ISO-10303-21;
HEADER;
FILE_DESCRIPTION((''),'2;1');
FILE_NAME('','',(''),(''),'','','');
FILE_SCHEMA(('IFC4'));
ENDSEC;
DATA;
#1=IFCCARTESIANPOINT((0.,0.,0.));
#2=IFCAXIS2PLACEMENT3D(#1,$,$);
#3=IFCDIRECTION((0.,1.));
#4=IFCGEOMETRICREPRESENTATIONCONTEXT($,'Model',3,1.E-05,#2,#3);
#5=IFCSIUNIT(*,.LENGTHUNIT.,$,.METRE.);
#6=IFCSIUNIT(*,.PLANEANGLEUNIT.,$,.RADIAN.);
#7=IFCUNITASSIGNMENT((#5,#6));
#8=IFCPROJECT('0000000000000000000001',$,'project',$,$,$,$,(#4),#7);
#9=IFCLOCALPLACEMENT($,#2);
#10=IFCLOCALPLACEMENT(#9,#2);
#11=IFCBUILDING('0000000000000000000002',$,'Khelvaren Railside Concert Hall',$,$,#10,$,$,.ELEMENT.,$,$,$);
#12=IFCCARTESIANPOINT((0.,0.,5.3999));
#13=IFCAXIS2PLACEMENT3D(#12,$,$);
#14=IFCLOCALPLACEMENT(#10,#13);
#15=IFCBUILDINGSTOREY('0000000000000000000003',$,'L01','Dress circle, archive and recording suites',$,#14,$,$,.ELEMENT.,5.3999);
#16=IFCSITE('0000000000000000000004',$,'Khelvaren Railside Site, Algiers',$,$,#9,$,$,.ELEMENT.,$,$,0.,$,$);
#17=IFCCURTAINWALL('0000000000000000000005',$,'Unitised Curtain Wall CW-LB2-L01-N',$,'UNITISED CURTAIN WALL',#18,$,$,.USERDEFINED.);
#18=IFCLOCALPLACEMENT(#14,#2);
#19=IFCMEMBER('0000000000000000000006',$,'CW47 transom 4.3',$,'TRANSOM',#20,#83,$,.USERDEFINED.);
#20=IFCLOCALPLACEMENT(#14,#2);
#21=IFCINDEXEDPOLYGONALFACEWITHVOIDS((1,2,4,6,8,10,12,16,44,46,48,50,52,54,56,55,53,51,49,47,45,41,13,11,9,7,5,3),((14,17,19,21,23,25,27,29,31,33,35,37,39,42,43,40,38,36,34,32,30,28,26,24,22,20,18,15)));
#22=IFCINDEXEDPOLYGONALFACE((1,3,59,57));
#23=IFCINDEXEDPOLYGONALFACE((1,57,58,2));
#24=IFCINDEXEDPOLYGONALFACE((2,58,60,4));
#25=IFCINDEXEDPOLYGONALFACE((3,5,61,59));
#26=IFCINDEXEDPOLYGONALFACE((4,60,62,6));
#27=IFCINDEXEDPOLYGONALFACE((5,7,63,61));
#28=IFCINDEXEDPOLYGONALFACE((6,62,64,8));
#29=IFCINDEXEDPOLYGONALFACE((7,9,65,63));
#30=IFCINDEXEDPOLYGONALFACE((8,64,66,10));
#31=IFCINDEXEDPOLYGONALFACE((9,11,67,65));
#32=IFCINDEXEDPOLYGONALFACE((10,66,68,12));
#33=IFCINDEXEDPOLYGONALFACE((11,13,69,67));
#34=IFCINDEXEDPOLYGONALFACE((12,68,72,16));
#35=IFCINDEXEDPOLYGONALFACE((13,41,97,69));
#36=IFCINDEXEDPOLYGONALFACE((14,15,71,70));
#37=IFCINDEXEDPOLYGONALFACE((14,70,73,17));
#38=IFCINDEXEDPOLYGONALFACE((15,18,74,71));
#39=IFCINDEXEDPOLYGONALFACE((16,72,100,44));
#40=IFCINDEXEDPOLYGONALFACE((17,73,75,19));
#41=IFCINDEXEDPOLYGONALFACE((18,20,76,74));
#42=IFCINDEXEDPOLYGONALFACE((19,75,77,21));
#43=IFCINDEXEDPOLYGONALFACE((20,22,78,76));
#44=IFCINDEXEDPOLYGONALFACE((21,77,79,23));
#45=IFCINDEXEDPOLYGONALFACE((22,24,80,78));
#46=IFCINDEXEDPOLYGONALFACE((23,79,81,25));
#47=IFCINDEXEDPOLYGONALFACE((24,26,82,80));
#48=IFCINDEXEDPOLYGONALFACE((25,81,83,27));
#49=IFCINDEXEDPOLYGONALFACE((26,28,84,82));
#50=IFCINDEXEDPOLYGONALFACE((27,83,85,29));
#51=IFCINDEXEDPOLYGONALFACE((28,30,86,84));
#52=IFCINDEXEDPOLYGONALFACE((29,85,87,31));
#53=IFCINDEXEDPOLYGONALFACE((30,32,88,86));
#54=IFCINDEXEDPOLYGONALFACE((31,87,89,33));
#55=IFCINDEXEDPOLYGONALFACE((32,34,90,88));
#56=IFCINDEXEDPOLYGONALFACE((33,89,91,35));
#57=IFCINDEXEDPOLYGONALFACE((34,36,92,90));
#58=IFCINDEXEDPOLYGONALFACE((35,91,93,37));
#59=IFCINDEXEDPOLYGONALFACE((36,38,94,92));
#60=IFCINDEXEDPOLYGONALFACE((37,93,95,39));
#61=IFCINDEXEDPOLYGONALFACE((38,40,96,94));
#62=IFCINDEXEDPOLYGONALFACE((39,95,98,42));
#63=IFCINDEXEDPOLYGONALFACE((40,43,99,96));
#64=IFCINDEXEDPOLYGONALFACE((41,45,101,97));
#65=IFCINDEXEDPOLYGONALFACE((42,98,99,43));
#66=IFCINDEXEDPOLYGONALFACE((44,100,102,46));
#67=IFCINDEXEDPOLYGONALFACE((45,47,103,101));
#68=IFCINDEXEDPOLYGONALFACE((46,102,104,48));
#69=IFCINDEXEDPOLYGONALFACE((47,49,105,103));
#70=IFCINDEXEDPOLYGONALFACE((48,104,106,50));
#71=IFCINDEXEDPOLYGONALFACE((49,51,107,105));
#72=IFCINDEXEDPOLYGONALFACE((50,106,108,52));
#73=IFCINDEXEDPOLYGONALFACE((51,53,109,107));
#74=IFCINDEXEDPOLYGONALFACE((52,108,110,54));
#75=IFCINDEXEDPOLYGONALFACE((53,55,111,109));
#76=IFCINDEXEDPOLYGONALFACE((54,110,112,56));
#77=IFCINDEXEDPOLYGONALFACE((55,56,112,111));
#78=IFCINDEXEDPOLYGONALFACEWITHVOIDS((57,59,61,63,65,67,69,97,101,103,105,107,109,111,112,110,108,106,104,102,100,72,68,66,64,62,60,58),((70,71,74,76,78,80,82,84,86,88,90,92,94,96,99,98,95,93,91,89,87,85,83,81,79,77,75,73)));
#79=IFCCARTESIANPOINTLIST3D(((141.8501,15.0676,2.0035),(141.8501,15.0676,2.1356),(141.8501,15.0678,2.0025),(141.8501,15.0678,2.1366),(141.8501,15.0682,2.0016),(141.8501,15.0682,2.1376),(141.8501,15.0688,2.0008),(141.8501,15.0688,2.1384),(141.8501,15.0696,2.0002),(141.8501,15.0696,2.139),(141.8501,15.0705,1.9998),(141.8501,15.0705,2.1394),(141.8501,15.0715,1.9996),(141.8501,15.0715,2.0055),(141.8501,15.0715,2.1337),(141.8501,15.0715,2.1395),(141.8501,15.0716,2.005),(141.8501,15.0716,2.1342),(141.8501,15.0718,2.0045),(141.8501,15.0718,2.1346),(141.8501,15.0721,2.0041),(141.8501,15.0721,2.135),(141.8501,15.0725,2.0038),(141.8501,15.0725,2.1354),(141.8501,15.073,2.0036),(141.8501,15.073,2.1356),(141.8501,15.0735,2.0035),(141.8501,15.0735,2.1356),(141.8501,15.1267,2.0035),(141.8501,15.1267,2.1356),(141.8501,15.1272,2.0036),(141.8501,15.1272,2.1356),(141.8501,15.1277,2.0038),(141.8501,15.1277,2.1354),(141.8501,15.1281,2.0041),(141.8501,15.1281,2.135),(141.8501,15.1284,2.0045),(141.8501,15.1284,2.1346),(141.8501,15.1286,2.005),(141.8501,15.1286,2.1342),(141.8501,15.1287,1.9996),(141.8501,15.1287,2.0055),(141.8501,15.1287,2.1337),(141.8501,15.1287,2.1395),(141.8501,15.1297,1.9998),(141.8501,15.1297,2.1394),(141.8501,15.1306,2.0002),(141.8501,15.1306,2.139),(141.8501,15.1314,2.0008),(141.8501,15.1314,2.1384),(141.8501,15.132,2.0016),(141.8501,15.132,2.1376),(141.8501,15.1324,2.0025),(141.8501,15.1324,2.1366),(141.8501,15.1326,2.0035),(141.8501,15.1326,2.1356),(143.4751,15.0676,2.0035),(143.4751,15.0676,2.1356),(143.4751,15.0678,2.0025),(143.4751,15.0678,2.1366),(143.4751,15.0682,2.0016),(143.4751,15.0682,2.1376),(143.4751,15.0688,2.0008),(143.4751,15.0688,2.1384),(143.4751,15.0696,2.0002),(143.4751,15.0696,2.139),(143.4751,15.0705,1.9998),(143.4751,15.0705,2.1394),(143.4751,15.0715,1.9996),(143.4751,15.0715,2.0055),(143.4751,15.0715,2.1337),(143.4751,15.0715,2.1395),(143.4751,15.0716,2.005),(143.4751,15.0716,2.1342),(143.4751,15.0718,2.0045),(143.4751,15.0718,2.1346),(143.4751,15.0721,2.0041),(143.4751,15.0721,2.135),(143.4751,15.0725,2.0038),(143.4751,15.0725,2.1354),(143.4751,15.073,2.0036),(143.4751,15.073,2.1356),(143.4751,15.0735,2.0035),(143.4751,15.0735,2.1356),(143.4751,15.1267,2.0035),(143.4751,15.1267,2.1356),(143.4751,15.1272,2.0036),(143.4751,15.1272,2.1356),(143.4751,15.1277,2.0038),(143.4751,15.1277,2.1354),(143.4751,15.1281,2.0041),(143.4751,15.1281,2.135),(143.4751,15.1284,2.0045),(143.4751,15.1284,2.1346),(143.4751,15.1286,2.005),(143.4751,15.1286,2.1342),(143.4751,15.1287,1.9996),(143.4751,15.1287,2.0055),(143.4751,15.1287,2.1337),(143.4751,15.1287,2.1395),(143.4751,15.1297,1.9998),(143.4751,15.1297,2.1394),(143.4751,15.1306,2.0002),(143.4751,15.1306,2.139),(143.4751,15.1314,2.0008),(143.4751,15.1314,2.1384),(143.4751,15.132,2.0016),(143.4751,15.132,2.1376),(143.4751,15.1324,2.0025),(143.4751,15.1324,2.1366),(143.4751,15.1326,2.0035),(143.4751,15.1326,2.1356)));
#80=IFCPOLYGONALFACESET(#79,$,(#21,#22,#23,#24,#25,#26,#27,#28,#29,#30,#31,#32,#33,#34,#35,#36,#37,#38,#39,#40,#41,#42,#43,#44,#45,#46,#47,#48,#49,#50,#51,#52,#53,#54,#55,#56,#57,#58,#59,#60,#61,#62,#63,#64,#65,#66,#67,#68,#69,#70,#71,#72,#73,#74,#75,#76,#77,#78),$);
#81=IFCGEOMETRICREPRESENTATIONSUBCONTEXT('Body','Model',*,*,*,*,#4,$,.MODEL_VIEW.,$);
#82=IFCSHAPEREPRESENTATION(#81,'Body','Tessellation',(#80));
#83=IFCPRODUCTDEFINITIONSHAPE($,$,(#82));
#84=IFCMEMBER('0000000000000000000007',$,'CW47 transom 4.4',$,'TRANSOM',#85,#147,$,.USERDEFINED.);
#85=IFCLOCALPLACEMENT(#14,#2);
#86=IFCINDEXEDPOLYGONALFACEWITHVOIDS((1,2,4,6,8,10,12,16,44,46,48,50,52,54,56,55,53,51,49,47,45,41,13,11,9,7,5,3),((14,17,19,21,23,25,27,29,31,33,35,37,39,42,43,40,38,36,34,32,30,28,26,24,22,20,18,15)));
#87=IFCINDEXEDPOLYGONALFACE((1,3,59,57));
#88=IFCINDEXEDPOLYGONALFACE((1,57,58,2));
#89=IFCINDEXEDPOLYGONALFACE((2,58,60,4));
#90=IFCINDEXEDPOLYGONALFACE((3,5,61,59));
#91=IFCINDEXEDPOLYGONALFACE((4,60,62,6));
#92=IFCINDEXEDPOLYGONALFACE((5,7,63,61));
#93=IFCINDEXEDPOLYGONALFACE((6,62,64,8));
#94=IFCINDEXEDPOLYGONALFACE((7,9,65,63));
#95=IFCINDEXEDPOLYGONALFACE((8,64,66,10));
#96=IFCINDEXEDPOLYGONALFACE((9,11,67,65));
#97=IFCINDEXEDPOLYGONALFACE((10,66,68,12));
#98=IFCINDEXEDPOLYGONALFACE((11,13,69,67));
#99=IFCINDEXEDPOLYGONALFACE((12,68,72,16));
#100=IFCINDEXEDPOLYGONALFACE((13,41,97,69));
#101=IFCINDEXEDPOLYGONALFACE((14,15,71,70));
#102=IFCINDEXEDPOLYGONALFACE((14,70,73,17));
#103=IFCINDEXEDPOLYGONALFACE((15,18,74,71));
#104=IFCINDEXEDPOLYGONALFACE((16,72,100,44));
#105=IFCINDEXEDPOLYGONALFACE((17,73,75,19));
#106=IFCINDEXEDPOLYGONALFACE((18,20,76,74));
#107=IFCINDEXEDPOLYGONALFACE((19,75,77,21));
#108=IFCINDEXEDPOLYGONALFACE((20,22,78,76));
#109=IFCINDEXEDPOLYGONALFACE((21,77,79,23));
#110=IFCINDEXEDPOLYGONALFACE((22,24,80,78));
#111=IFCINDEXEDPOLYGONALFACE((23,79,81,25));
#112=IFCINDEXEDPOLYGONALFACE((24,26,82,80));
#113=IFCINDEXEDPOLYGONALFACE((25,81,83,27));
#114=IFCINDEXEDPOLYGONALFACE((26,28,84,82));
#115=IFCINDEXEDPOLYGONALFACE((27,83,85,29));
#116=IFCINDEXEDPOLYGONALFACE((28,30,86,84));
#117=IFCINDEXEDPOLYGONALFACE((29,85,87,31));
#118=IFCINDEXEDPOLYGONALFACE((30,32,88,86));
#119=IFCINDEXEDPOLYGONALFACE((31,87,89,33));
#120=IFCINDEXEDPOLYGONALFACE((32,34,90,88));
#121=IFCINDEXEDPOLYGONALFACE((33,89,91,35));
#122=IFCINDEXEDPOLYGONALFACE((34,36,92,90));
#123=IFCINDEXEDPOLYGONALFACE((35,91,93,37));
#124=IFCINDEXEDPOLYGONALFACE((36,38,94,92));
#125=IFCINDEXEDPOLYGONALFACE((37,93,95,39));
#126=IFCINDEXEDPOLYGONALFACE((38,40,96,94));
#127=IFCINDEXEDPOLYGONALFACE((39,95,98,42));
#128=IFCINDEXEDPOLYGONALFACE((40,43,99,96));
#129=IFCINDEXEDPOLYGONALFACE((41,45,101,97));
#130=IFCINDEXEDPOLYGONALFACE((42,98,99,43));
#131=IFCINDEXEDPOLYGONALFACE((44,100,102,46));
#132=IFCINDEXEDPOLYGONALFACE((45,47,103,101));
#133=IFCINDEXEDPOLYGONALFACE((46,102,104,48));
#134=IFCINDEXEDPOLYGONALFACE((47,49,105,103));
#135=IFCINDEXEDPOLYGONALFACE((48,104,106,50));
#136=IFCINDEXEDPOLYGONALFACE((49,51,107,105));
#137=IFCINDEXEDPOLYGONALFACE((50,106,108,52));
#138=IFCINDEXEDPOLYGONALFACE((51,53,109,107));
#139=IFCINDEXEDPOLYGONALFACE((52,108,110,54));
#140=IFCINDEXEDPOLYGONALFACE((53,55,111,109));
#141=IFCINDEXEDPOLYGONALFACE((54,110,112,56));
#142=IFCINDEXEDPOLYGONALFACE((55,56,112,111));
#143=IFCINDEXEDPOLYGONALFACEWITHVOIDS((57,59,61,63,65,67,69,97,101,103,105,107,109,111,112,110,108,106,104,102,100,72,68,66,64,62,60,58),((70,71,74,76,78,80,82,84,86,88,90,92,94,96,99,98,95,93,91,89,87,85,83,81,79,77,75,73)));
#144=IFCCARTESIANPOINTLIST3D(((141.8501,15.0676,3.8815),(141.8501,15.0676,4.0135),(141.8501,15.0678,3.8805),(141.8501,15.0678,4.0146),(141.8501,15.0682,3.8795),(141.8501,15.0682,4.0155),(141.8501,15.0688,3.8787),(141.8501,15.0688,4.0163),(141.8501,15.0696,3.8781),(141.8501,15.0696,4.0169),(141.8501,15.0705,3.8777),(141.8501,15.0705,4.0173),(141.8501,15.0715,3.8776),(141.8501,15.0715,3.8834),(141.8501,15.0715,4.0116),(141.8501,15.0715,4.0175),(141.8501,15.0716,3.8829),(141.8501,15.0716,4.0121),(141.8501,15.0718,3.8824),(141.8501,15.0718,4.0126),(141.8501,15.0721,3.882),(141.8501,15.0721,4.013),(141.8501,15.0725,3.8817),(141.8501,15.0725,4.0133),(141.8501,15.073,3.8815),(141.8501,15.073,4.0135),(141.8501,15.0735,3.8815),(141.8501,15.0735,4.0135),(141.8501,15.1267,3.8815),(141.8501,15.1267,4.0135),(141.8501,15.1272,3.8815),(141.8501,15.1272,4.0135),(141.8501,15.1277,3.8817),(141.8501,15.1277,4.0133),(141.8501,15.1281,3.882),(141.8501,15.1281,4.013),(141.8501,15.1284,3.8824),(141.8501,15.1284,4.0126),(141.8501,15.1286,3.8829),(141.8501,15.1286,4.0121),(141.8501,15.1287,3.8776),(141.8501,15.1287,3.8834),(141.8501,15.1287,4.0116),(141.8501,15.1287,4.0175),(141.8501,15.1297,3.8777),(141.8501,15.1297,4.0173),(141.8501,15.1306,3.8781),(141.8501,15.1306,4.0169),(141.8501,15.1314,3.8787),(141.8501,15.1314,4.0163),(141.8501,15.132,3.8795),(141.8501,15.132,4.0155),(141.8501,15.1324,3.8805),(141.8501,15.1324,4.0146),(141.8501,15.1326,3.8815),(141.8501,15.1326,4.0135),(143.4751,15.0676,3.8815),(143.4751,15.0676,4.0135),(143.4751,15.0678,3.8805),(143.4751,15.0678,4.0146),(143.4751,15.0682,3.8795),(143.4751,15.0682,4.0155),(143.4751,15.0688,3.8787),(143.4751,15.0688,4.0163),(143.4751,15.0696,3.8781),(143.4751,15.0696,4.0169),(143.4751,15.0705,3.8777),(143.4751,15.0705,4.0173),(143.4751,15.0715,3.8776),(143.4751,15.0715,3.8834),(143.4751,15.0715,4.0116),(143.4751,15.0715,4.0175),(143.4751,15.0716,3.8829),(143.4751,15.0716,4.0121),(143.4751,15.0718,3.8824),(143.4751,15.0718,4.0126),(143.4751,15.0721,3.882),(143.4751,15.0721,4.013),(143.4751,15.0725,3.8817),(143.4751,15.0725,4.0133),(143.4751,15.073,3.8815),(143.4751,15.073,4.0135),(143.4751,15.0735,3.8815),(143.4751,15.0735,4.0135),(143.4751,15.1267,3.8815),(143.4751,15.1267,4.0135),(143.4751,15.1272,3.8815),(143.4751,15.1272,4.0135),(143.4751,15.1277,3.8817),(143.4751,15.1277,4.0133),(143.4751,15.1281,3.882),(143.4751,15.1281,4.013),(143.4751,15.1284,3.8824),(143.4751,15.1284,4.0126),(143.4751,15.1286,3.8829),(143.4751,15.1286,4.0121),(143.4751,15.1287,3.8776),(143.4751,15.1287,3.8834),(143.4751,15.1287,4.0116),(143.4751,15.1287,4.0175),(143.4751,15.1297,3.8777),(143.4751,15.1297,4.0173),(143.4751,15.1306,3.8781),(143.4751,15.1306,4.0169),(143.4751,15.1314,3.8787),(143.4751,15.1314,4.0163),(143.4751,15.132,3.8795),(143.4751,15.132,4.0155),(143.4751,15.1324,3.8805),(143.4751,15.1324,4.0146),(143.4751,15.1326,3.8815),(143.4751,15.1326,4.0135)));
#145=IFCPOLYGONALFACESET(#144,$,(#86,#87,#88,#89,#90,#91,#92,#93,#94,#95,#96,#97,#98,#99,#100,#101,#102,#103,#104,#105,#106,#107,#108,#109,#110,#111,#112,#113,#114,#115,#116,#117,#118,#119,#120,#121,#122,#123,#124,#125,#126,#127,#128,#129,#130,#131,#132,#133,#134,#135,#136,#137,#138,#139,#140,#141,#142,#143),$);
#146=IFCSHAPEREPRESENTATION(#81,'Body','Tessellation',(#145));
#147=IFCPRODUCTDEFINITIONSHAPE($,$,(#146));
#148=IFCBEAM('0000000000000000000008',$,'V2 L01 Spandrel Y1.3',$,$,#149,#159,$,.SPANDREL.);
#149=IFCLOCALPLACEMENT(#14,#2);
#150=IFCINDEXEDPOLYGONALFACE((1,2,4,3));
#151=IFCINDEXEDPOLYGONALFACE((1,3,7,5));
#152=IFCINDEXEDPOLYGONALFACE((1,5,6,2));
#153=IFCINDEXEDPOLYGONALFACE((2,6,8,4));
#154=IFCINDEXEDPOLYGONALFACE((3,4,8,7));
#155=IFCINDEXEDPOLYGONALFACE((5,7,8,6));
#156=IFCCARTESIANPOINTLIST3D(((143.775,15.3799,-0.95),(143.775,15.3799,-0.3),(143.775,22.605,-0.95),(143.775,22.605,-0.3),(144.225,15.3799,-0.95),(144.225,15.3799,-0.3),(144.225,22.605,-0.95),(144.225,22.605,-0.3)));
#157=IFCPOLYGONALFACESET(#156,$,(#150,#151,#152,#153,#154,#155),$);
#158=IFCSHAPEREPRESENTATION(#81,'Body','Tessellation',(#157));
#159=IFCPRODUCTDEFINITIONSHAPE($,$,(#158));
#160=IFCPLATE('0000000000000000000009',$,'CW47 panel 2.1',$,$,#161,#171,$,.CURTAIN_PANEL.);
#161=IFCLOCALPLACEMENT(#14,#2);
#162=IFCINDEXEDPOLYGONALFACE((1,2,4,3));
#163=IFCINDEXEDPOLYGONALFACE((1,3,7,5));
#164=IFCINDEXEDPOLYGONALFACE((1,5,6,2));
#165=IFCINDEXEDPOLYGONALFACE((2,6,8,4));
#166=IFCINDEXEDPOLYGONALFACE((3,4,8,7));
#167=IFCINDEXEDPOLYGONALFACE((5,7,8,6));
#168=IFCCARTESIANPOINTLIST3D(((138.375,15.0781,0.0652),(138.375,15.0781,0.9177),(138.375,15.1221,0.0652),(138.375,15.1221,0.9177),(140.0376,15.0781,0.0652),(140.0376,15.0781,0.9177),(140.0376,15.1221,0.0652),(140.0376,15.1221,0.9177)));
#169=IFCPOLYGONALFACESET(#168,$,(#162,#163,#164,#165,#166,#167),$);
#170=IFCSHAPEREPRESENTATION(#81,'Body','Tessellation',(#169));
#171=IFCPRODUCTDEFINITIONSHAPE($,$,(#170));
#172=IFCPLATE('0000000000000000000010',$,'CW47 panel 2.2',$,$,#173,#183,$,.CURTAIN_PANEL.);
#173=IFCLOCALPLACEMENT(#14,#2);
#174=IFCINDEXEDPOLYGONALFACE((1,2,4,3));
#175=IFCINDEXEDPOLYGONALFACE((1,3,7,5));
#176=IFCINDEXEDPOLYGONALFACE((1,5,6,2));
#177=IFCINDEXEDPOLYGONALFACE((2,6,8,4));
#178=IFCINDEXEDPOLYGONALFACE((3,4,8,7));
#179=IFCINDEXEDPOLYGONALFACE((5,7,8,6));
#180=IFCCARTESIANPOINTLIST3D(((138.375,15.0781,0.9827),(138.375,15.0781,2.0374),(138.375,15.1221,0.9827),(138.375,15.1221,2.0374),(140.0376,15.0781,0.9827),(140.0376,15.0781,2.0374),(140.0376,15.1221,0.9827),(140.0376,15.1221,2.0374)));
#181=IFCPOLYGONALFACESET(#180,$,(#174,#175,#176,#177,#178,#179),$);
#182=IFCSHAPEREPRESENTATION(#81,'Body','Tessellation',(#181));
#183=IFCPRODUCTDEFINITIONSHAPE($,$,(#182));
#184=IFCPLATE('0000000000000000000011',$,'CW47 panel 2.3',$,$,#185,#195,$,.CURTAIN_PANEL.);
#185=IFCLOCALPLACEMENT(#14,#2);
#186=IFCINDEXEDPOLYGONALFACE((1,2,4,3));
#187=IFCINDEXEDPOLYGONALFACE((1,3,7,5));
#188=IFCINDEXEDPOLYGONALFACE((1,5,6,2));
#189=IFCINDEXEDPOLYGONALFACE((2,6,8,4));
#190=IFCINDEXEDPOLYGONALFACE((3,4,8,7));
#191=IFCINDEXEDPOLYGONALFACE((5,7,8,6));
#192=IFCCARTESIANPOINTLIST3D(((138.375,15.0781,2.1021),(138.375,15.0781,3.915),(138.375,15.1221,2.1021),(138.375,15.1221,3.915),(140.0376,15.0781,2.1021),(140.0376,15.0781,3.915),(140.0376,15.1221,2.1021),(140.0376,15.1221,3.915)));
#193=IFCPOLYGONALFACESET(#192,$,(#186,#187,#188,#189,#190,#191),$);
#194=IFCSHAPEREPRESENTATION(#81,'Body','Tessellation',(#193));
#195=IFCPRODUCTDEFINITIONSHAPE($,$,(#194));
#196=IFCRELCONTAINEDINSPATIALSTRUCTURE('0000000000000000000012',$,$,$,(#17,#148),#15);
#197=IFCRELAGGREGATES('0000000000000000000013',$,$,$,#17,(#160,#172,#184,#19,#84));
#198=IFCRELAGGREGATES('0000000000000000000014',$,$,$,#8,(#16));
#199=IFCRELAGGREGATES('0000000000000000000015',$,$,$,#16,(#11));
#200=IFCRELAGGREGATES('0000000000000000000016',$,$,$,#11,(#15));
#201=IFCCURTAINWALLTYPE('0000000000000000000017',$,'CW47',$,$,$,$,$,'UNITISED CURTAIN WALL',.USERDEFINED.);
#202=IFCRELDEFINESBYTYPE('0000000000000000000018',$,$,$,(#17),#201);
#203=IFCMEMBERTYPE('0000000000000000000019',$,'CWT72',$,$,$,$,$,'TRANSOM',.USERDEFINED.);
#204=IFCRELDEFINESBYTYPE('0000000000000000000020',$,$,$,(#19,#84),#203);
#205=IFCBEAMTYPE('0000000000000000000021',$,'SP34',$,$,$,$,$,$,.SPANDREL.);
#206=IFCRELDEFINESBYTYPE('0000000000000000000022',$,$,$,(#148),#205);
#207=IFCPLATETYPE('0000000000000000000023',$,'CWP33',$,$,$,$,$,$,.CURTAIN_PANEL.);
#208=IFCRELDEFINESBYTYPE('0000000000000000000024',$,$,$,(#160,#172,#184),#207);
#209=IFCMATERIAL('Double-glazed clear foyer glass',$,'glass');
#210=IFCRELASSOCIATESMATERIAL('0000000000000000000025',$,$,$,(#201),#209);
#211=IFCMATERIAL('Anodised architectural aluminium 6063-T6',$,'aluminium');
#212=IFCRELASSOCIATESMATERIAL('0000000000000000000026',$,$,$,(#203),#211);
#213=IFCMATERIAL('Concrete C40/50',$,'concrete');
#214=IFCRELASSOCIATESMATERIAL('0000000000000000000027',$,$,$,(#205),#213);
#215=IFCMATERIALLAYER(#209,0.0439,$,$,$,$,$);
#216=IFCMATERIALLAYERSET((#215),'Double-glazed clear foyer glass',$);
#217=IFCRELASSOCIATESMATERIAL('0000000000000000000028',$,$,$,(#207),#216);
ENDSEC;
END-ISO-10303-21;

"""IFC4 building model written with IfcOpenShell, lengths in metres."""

from ifc_helpers import new_model, si_unit, direction, frame, origin, origin_2d, place, context, subcontext, project, spatial, rectangle, hollow_rectangle, extrude, material, layer, layer_set, material_profile, profile_set, type_object, element, aggregate, save


model = new_model("IFC4")

# Units and contexts
model_context = context("Model", 3, precision=1e-05, world=origin(), true_north=direction((0.0, 1.0)))
body_context = subcontext(model_context, "Body", "Model", "MODEL_VIEW")
ifc_project = project(units=[si_unit("LENGTHUNIT", "METRE"), si_unit("PLANEANGLEUNIT", "RADIAN")], contexts=[model_context])

# Site, building, storey
site_placement = place(None, origin())
site = spatial("IfcSite", under=ifc_project, at=site_placement, Name="Khelvaren Railside Site, Algiers", CompositionType="ELEMENT", RefElevation=0.0)
building_placement = place(site_placement, origin())
building = spatial("IfcBuilding", under=site, at=building_placement, Name="Khelvaren Railside Concert Hall", CompositionType="ELEMENT")
storey_placement = place(building_placement, frame((0.0, 0.0, 5.3999)))
storey = spatial("IfcBuildingStorey", under=building, at=storey_placement, Name="L01", Description="Dress circle, archive and recording suites", CompositionType="ELEMENT", Elevation=5.3999)

# Shared definitions
ifc_material_1 = material(Name="Anodised architectural aluminium 6063-T6", Category="aluminium")

# Curtain wall
ifc_material_2 = material(Name="Double-glazed clear foyer glass", Category="glass")
curtain_wall_type_1 = type_object("IfcCurtainWallType", Name="CW47", ElementType="UNITISED CURTAIN WALL", PredefinedType="USERDEFINED", material=ifc_material_2)
curtain_wall_1_placement = place(storey_placement, origin())
curtain_wall_1 = element("IfcCurtainWall", 1, at=curtain_wall_1_placement, inside=storey, type_object=curtain_wall_type_1, Name="Unitised Curtain Wall CW-LB2-L01-N", ObjectType="UNITISED CURTAIN WALL", PredefinedType="USERDEFINED")

# Members
ifc_material_profile_1 = material_profile(ifc_material_1, hollow_rectangle(XDim=0.0649, YDim=0.1399, WallThickness=0.0039, InnerFilletRadius=0.002, OuterFilletRadius=0.0039, at=origin_2d()), Name="CWT 65x140x4")
ifc_profile_set_1 = profile_set([ifc_material_profile_1], Name="Anodised architectural aluminium 6063-T6")
member_type_1 = type_object("IfcMemberType", Name="CWT72", ElementType="TRANSOM", PredefinedType="USERDEFINED", material=ifc_profile_set_1)
member_1_placement = place(storey_placement, frame((141.8501, 15.1001, 2.0696), z_axis=(1.0, 0.0, 0.0), x_axis=(0.0, 1.0, 0.0)))
member_1 = element("IfcMember", 2, at=member_1_placement, type_object=member_type_1, Name="CW47 transom 4.3", ObjectType="TRANSOM", PredefinedType="USERDEFINED", context=body_context, shape_type="SweptSolid", body=[
    extrude(hollow_rectangle(XDim=0.0649, YDim=0.1399, WallThickness=0.0039, InnerFilletRadius=0.002, OuterFilletRadius=0.0039, at=origin_2d()), origin(), (0.0, 0.0, 1.0), 1.625),
])
member_2_placement = place(storey_placement, frame((141.8501, 15.1001, 3.9475), z_axis=(1.0, 0.0, 0.0), x_axis=(0.0, 1.0, 0.0)))
member_2 = element("IfcMember", 3, at=member_2_placement, type_object=member_type_1, Name="CW47 transom 4.4", ObjectType="TRANSOM", PredefinedType="USERDEFINED", context=body_context, shape_type="SweptSolid", body=[
    extrude(hollow_rectangle(XDim=0.0649, YDim=0.1399, WallThickness=0.0039, InnerFilletRadius=0.002, OuterFilletRadius=0.0039, at=origin_2d()), origin(), (0.0, 0.0, 1.0), 1.625),
])

# Beam
ifc_material_3 = material(Name="Concrete C40/50", Category="concrete")
ifc_material_profile_2 = material_profile(ifc_material_3, rectangle(XDim=0.45, YDim=0.6499, at=origin_2d()), Name="RCB 450x650")
ifc_profile_set_2 = profile_set([ifc_material_profile_2], Name="Concrete C40/50")
beam_type = type_object("IfcBeamType", Name="SP34", PredefinedType="SPANDREL", material=ifc_profile_set_2)
beam_placement = place(storey_placement, frame((144.0, 15.3799, -0.625), z_axis=(0.0, 1.0, 0.0), x_axis=(-1.0, 0.0, 0.0)))
element("IfcBeam", 4, at=beam_placement, inside=storey, type_object=beam_type, Name="V2 L01 Spandrel Y1.3", PredefinedType="SPANDREL", context=body_context, shape_type="SweptSolid", body=[
    extrude(rectangle(XDim=0.45, YDim=0.6499, at=origin_2d()), origin(), (0.0, 0.0, 1.0), 7.2251),
])

# Plates
ifc_layer = layer(ifc_material_2, 0.0439)
ifc_layer_set = layer_set([ifc_layer], Name="Double-glazed clear foyer glass")
plate_type = type_object("IfcPlateType", Name="CWP33", PredefinedType="CURTAIN_PANEL", material=ifc_layer_set)
plate_1_placement = place(storey_placement, frame((139.2063, 15.1001, 0.0652), z_axis=(0.0, 0.0, 1.0), x_axis=(1.0, 0.0, 0.0)))
plate_1 = element("IfcPlate", 5, at=plate_1_placement, type_object=plate_type, Name="CW47 panel 2.1", PredefinedType="CURTAIN_PANEL", context=body_context, shape_type="SweptSolid", body=[
    extrude(rectangle(XDim=1.6626, YDim=0.0439, at=origin_2d()), origin(), (0.0, 0.0, 1.0), 0.8525),
])
plate_2_placement = place(storey_placement, frame((139.2063, 15.1001, 0.9827), z_axis=(0.0, 0.0, 1.0), x_axis=(1.0, 0.0, 0.0)))
plate_2 = element("IfcPlate", 6, at=plate_2_placement, type_object=plate_type, Name="CW47 panel 2.2", PredefinedType="CURTAIN_PANEL", context=body_context, shape_type="SweptSolid", body=[
    extrude(rectangle(XDim=1.6626, YDim=0.0439, at=origin_2d()), origin(), (0.0, 0.0, 1.0), 1.0547),
])
plate_3_placement = place(storey_placement, frame((139.2063, 15.1001, 2.1021), z_axis=(0.0, 0.0, 1.0), x_axis=(1.0, 0.0, 0.0)))
plate_3 = element("IfcPlate", 7, at=plate_3_placement, type_object=plate_type, Name="CW47 panel 2.3", PredefinedType="CURTAIN_PANEL", context=body_context, shape_type="SweptSolid", body=[
    extrude(rectangle(XDim=1.6626, YDim=0.0439, at=origin_2d()), origin(), (0.0, 0.0, 1.0), 1.813),
])
aggregate(curtain_wall_1, [plate_1, plate_2, plate_3, member_1, member_2])

save(model, "model.ifc")
